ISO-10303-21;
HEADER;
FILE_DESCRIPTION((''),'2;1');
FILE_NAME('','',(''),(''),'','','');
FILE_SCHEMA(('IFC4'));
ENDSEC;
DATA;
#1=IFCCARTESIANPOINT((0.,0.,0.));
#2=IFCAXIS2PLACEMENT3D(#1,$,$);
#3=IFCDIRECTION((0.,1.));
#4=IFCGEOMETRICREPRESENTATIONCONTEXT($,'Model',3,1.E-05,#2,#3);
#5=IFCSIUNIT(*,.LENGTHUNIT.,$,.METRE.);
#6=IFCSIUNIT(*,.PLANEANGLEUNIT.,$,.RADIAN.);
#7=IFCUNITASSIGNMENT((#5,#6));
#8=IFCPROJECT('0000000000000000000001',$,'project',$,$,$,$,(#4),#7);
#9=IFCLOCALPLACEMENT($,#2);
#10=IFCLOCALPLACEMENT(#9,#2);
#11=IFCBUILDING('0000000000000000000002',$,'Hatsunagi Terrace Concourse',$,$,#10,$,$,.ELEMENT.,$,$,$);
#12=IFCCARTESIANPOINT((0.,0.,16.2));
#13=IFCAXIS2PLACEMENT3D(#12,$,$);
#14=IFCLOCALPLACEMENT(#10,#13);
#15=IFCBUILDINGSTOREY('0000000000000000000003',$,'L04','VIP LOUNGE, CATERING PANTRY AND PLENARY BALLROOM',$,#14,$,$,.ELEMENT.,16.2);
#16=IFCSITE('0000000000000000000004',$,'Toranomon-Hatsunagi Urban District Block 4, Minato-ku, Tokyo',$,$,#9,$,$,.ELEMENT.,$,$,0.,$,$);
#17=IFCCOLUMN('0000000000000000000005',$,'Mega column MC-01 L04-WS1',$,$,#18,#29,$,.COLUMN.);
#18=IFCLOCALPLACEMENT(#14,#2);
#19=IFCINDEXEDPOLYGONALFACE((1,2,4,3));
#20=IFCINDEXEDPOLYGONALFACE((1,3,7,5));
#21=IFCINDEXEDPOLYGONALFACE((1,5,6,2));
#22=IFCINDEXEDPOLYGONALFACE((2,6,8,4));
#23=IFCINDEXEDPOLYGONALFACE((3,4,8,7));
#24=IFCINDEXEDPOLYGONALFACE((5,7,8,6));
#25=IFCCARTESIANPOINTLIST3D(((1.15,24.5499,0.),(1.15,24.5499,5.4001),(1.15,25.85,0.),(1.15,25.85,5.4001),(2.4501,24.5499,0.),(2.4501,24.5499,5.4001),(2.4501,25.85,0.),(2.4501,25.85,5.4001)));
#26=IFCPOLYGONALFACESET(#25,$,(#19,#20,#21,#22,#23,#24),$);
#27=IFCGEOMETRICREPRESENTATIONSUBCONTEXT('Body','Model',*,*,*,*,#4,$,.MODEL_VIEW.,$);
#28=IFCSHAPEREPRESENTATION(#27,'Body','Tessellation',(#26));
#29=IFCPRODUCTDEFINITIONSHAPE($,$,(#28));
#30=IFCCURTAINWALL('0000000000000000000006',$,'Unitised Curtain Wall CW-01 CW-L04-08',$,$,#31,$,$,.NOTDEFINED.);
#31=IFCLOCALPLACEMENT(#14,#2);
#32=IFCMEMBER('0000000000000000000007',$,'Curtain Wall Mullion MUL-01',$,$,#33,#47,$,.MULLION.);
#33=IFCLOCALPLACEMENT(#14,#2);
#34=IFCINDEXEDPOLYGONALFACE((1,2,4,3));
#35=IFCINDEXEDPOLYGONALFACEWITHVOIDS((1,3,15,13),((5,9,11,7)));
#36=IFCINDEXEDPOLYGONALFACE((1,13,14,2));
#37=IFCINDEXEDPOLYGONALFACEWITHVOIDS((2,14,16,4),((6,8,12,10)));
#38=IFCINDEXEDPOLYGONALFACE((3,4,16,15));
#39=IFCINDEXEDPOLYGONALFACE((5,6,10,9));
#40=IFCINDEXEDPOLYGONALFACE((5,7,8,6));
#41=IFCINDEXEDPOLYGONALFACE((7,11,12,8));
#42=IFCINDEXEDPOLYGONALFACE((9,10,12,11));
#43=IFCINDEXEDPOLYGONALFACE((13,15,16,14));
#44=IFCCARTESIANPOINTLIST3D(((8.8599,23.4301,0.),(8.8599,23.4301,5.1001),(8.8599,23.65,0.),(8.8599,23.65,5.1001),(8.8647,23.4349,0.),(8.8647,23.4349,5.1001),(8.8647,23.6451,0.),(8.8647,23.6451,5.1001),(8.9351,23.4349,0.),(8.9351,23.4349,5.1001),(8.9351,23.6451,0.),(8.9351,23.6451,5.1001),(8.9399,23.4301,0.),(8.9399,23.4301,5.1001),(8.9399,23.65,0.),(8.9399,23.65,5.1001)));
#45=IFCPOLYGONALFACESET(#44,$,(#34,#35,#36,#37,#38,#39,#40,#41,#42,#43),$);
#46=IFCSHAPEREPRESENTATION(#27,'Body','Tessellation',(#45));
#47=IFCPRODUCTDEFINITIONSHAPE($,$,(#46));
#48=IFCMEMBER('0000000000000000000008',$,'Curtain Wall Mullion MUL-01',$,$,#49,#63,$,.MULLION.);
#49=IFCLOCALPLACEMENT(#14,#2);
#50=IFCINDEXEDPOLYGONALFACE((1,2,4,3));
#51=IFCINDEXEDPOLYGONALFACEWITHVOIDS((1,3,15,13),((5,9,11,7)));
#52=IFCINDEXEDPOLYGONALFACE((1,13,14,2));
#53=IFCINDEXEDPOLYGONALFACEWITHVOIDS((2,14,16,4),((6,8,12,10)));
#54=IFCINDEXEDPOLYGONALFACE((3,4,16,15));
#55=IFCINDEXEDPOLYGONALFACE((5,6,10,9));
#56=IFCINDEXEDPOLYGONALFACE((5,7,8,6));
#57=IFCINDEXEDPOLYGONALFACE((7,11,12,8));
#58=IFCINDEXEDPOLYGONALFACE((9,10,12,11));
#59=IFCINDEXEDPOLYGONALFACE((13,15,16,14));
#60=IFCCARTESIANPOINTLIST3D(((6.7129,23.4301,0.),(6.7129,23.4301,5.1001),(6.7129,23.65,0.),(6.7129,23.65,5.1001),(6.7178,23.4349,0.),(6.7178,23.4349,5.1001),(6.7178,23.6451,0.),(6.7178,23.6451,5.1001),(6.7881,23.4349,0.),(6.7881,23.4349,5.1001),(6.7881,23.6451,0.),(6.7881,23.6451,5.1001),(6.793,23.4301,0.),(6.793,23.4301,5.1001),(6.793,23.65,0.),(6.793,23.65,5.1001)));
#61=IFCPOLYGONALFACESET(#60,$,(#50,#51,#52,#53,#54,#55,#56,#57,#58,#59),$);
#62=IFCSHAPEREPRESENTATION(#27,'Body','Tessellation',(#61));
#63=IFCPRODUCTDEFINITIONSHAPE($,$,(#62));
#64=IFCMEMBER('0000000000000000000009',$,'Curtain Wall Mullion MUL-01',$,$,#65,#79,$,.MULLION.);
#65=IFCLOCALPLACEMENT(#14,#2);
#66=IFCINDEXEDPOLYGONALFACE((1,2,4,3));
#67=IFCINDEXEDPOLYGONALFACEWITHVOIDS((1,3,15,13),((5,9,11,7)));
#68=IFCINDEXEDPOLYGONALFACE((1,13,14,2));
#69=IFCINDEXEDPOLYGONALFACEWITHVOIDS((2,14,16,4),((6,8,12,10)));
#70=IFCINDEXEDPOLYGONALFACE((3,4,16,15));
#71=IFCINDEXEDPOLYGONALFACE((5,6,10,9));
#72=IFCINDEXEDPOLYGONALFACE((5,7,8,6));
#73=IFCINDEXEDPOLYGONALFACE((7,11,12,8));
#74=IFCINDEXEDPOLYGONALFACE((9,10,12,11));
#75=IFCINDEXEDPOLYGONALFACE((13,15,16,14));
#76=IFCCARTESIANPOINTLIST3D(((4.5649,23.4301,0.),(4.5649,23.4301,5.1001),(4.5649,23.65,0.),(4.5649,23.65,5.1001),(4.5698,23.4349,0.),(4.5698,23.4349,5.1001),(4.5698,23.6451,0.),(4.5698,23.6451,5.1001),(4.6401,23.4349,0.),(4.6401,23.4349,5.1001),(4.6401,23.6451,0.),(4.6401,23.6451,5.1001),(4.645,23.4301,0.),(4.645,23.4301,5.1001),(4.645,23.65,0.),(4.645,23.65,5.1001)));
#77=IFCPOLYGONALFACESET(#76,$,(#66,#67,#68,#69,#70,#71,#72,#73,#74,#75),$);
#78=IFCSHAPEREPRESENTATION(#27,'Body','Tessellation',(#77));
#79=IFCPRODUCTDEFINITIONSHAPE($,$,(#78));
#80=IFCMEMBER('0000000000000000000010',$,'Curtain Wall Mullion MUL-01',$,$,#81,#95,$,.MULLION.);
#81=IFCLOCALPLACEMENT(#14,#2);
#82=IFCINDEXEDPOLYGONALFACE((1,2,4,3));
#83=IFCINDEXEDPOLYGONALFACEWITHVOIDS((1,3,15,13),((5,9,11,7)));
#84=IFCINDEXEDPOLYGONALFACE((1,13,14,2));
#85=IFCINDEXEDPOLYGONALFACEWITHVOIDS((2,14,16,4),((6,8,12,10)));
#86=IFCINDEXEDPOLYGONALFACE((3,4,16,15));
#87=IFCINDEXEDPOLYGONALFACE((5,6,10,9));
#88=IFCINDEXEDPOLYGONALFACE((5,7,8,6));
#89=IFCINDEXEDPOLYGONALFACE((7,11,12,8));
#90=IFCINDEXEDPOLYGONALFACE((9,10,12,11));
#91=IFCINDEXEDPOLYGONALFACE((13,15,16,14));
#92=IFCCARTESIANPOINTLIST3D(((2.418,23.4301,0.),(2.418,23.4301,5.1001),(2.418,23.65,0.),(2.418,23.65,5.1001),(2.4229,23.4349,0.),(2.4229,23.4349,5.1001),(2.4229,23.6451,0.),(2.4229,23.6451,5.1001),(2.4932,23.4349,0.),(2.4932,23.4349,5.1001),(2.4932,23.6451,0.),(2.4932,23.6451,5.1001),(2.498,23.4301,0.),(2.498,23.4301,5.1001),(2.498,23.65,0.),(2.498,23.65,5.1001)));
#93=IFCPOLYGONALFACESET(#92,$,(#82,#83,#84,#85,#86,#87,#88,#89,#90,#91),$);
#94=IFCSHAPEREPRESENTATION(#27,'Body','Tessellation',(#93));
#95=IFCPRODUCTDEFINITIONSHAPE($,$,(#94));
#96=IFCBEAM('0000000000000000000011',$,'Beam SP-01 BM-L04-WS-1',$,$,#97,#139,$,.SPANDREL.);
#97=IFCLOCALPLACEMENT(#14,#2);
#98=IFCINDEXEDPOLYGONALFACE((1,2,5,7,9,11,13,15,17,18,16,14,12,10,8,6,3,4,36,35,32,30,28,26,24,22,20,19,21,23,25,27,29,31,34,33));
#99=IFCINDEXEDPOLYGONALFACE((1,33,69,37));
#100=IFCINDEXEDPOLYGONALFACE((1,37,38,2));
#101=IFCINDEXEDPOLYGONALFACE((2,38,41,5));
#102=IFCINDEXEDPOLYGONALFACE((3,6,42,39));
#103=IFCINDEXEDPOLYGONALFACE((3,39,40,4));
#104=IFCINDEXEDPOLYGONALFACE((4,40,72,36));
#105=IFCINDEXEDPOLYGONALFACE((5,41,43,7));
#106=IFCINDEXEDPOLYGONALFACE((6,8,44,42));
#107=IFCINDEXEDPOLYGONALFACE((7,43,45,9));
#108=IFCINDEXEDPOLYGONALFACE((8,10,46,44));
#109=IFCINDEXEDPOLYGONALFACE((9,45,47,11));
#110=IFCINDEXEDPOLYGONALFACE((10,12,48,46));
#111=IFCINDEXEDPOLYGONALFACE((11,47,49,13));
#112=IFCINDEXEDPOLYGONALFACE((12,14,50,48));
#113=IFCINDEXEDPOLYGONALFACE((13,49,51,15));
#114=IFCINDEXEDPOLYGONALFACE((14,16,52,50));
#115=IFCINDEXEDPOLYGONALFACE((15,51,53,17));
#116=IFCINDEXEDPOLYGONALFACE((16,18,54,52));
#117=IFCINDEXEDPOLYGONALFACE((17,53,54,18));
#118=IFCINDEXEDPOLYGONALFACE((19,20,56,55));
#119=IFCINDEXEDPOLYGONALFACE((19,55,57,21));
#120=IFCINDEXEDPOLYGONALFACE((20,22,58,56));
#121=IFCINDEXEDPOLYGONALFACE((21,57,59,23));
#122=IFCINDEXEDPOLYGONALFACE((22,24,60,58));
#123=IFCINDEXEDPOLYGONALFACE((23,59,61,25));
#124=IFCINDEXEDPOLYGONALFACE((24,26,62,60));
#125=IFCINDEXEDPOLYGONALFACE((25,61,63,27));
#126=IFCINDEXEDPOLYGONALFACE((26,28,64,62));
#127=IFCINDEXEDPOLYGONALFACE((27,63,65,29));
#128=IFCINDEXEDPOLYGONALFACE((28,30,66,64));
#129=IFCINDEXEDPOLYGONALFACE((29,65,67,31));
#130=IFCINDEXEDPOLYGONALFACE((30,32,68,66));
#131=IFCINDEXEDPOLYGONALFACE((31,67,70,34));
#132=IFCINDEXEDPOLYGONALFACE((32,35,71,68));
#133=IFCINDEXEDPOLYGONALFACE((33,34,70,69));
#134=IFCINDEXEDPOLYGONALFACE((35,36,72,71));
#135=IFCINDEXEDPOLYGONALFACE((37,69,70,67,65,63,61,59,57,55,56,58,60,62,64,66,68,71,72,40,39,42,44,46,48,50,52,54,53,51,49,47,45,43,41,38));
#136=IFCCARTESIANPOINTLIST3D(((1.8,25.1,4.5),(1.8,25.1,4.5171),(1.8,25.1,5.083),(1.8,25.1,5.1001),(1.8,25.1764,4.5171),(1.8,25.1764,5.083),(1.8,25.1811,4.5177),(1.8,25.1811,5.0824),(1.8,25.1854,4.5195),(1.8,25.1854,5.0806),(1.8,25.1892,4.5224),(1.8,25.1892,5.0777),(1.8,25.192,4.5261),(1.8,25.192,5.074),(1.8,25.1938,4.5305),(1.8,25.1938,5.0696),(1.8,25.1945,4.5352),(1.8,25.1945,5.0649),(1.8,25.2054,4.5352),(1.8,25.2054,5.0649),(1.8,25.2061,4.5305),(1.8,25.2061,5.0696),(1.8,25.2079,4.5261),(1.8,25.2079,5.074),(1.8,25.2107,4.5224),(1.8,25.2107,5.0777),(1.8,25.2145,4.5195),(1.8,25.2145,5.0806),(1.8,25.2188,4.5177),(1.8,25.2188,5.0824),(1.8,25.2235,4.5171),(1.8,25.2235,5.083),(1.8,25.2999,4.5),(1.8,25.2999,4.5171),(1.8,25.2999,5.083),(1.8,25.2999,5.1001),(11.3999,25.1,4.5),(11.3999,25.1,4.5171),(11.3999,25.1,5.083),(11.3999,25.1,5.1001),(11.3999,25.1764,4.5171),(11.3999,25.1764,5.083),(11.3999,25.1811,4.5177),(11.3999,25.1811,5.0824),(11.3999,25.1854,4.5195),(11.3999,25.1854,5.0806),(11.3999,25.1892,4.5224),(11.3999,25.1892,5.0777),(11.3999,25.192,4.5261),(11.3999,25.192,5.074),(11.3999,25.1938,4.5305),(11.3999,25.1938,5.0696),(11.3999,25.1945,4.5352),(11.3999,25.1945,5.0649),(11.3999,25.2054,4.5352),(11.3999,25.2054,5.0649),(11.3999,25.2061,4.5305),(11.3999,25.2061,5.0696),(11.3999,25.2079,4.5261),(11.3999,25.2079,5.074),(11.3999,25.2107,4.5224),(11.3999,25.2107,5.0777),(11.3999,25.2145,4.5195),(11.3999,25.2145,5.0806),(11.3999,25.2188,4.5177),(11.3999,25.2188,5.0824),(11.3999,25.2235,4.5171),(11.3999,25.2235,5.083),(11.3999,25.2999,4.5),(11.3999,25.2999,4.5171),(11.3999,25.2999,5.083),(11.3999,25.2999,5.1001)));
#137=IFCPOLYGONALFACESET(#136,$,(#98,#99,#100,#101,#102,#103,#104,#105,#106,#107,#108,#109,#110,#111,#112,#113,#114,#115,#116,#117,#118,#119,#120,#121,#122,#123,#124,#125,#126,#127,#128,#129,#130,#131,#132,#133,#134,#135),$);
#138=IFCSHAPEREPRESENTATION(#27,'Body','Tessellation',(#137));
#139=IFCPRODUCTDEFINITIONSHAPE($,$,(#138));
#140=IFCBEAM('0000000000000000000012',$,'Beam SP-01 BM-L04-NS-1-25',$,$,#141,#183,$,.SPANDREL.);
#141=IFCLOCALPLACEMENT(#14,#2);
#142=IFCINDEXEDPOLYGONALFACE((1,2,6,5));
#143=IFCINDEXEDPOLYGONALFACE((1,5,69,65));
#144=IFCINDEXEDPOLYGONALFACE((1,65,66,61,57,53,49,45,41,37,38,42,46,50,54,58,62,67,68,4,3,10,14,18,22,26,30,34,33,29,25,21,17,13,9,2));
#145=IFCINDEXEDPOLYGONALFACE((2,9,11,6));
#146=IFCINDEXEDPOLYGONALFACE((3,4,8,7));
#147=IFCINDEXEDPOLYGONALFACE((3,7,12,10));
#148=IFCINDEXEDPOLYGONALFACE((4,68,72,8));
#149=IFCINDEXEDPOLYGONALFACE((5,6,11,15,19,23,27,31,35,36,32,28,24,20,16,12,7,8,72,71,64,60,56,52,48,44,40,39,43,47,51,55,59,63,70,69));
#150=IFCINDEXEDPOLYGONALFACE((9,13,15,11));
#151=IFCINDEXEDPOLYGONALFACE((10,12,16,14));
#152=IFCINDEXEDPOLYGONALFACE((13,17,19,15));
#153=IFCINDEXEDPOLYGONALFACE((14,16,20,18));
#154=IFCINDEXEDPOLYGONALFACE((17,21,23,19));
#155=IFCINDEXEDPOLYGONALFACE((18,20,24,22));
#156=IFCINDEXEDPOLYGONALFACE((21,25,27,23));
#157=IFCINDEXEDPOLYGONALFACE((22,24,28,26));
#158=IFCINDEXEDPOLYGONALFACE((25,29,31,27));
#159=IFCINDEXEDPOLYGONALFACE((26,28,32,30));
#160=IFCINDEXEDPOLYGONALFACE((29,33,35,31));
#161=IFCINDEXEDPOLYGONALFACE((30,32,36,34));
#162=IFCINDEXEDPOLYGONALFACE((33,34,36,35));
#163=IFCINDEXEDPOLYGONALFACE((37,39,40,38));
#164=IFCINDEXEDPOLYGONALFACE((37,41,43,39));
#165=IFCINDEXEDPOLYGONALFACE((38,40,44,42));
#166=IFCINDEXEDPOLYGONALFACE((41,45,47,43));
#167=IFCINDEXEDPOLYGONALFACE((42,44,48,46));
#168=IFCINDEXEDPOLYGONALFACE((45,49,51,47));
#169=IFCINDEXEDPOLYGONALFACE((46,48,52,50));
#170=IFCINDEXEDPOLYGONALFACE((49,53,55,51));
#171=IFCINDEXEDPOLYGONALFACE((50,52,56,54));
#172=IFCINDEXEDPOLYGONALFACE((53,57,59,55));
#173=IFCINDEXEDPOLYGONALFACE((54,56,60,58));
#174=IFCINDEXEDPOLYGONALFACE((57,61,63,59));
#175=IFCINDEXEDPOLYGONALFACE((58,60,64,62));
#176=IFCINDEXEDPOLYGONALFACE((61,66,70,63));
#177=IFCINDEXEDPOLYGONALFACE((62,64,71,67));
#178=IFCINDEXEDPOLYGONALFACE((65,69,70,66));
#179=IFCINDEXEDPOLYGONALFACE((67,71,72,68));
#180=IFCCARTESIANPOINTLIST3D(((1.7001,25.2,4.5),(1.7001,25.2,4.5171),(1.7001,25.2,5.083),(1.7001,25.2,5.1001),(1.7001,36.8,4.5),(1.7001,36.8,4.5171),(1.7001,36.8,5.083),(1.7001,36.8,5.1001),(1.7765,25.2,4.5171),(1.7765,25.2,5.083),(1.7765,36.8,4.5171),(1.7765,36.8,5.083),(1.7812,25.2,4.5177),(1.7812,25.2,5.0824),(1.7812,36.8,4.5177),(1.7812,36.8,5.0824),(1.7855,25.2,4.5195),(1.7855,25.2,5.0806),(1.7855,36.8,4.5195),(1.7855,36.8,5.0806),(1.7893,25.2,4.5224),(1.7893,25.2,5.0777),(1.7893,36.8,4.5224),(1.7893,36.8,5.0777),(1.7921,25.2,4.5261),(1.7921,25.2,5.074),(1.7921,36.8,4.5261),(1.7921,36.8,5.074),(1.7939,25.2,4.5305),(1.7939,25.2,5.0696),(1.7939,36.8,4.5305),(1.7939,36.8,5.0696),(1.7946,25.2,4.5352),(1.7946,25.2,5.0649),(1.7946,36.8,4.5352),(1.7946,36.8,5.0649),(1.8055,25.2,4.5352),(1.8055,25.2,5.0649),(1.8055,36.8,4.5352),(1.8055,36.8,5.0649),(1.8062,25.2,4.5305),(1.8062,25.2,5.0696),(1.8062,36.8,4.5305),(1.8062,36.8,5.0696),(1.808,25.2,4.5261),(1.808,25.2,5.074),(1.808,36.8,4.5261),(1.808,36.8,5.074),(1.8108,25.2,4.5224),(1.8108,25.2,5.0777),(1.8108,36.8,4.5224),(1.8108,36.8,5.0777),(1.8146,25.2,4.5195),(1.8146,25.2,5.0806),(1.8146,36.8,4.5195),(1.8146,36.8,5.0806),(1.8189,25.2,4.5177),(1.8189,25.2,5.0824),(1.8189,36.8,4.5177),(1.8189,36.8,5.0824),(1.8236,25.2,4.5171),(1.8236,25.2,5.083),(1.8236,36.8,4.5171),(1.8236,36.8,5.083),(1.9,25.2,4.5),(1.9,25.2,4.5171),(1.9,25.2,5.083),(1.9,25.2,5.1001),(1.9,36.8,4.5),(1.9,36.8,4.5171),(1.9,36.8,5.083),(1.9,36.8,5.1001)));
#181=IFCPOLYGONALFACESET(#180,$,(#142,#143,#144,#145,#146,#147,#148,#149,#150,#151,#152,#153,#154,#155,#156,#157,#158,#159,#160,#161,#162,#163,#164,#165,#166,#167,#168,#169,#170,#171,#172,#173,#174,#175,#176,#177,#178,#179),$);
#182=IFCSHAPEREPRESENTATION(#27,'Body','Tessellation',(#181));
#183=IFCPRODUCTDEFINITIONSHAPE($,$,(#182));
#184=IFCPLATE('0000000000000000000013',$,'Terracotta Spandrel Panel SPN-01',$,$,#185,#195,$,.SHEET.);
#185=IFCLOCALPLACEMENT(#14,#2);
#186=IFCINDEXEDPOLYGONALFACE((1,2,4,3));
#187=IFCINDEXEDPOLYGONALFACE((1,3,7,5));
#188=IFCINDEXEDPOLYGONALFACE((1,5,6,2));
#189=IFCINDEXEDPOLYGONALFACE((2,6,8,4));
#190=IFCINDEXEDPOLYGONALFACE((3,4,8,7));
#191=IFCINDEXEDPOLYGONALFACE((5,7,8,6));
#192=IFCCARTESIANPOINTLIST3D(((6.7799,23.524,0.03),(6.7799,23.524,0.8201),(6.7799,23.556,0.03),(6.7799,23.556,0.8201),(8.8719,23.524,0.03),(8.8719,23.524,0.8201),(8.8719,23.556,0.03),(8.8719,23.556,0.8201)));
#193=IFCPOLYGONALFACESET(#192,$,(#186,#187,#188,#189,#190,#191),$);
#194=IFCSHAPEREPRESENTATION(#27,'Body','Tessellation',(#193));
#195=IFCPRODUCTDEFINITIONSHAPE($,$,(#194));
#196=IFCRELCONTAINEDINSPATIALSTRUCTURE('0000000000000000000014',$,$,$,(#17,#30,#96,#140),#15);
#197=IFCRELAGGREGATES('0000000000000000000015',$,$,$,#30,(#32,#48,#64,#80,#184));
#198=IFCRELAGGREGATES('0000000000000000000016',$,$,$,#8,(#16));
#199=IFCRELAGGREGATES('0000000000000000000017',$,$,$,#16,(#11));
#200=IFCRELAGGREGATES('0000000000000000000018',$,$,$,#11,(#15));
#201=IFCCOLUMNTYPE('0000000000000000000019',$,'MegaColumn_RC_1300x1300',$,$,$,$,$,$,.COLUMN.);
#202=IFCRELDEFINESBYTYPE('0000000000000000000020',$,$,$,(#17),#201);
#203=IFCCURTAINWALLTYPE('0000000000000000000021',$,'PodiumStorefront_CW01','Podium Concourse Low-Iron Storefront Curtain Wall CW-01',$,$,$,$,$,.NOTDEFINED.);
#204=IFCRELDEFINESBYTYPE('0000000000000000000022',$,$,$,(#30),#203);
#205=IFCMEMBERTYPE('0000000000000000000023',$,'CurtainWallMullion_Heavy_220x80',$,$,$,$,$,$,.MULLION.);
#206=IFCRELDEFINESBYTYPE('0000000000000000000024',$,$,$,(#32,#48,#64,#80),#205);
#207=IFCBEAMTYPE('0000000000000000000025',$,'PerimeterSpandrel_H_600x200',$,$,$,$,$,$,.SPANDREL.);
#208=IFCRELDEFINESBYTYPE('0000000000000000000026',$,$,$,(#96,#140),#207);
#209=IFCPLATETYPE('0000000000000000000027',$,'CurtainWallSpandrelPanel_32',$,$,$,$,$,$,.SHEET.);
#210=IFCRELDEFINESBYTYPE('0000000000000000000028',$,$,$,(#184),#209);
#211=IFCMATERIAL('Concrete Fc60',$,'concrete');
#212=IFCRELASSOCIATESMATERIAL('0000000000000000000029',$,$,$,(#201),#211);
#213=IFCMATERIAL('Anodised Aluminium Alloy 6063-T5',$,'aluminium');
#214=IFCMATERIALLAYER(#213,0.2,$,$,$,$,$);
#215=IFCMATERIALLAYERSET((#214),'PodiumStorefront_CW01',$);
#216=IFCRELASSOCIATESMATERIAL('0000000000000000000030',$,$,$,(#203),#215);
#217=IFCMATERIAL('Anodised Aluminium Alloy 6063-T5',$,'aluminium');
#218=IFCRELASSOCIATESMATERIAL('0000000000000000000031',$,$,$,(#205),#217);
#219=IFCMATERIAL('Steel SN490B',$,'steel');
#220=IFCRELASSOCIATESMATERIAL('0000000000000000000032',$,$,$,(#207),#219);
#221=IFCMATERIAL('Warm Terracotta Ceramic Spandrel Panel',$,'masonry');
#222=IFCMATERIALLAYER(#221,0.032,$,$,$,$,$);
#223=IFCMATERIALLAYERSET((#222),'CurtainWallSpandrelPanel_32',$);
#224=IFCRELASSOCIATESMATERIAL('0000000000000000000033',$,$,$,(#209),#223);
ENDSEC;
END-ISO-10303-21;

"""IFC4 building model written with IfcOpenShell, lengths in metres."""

from ifc_helpers import new_model, si_unit, direction, frame, origin, origin_2d, place, context, subcontext, project, spatial, rectangle, hollow_rectangle, i_section, extrude, material, layer, layer_set, material_profile, profile_set, type_object, element, aggregate, save


model = new_model("IFC4")

# Units and contexts
model_context = context("Model", 3, precision=1e-05, world=origin(), true_north=direction((0.0, 1.0)))
body_context = subcontext(model_context, "Body", "Model", "MODEL_VIEW")
ifc_project = project(units=[si_unit("LENGTHUNIT", "METRE"), si_unit("PLANEANGLEUNIT", "RADIAN")], contexts=[model_context])

# Site, building, storey
site_placement = place(None, origin())
site = spatial("IfcSite", under=ifc_project, at=site_placement, Name="Toranomon-Hatsunagi Urban District Block 4, Minato-ku, Tokyo", CompositionType="ELEMENT", RefElevation=0.0)
building_placement = place(site_placement, origin())
building = spatial("IfcBuilding", under=site, at=building_placement, Name="Hatsunagi Terrace Concourse", CompositionType="ELEMENT")
storey_placement = place(building_placement, frame((0.0, 0.0, 16.2)))
storey = spatial("IfcBuildingStorey", under=building, at=storey_placement, Name="L04", Description="VIP LOUNGE, CATERING PANTRY AND PLENARY BALLROOM", CompositionType="ELEMENT", Elevation=16.2)

# Column
ifc_material_1 = material(Name="Concrete Fc60", Category="concrete")
ifc_material_profile_1 = material_profile(ifc_material_1, rectangle(XDim=1.3, YDim=1.3, at=origin_2d()), Name="RC-1300x1300")
ifc_profile_set_1 = profile_set([ifc_material_profile_1], Name="Concrete Fc60")
column_type = type_object("IfcColumnType", Name="MegaColumn_RC_1300x1300", PredefinedType="COLUMN", material=ifc_profile_set_1)
column_placement = place(storey_placement, frame((1.8, 25.2, 0.0), z_axis=(0.0, 0.0, 1.0), x_axis=(1.0, 0.0, 0.0)))
element("IfcColumn", 1, at=column_placement, inside=storey, type_object=column_type, Name="Mega column MC-01 L04-WS1", PredefinedType="COLUMN", context=body_context, shape_type="SweptSolid", body=[
    extrude(rectangle(XDim=1.3, YDim=1.3, at=origin_2d()), origin(), (0.0, 0.0, 1.0), 5.4001),
])

# Curtain wall, members
ifc_material_2 = material(Name="Anodised Aluminium Alloy 6063-T5", Category="aluminium")
ifc_layer_1 = layer(ifc_material_2, 0.2)
ifc_layer_set_1 = layer_set([ifc_layer_1], Name="PodiumStorefront_CW01")
curtain_wall_type = type_object("IfcCurtainWallType", Name="PodiumStorefront_CW01", Description="Podium Concourse Low-Iron Storefront Curtain Wall CW-01", PredefinedType="NOTDEFINED", material=ifc_layer_set_1)
curtain_wall_placement = place(storey_placement, origin())
curtain_wall = element("IfcCurtainWall", 2, at=curtain_wall_placement, inside=storey, type_object=curtain_wall_type, Name="Unitised Curtain Wall CW-01 CW-L04-08", PredefinedType="NOTDEFINED")
ifc_material_3 = material(Name="Anodised Aluminium Alloy 6063-T5", Category="aluminium")
ifc_material_profile_2 = material_profile(ifc_material_3, hollow_rectangle(XDim=0.0801, YDim=0.22, WallThickness=0.0049, at=origin_2d()), Name="ALU-MUL-220x80x5")
ifc_profile_set_2 = profile_set([ifc_material_profile_2], Name="Anodised Aluminium Alloy 6063-T5")
member_type = type_object("IfcMemberType", Name="CurtainWallMullion_Heavy_220x80", PredefinedType="MULLION", material=ifc_profile_set_2)
member_1_placement = place(storey_placement, frame((8.8999, 23.54, 0.0), z_axis=(0.0, 0.0, 1.0), x_axis=(-1.0, 0.0, 0.0)))
member_1 = element("IfcMember", 3, at=member_1_placement, type_object=member_type, Name="Curtain Wall Mullion MUL-01", PredefinedType="MULLION", context=body_context, shape_type="SweptSolid", body=[
    extrude(hollow_rectangle(XDim=0.0801, YDim=0.22, WallThickness=0.0049, at=origin_2d()), origin(), (0.0, 0.0, 1.0), 5.1001),
])
member_2_placement = place(storey_placement, frame((6.7529, 23.54, 0.0), z_axis=(0.0, 0.0, 1.0), x_axis=(-1.0, 0.0, 0.0)))
member_2 = element("IfcMember", 4, at=member_2_placement, type_object=member_type, Name="Curtain Wall Mullion MUL-01", PredefinedType="MULLION", context=body_context, shape_type="SweptSolid", body=[
    extrude(hollow_rectangle(XDim=0.0801, YDim=0.22, WallThickness=0.0049, at=origin_2d()), origin(), (0.0, 0.0, 1.0), 5.1001),
])
member_3_placement = place(storey_placement, frame((4.605, 23.54, 0.0), z_axis=(0.0, 0.0, 1.0), x_axis=(-1.0, 0.0, 0.0)))
member_3 = element("IfcMember", 5, at=member_3_placement, type_object=member_type, Name="Curtain Wall Mullion MUL-01", PredefinedType="MULLION", context=body_context, shape_type="SweptSolid", body=[
    extrude(hollow_rectangle(XDim=0.0801, YDim=0.22, WallThickness=0.0049, at=origin_2d()), origin(), (0.0, 0.0, 1.0), 5.1001),
])
member_4_placement = place(storey_placement, frame((2.458, 23.54, 0.0), z_axis=(0.0, 0.0, 1.0), x_axis=(-1.0, 0.0, 0.0)))
member_4 = element("IfcMember", 6, at=member_4_placement, type_object=member_type, Name="Curtain Wall Mullion MUL-01", PredefinedType="MULLION", context=body_context, shape_type="SweptSolid", body=[
    extrude(hollow_rectangle(XDim=0.0801, YDim=0.22, WallThickness=0.0049, at=origin_2d()), origin(), (0.0, 0.0, 1.0), 5.1001),
])

# Beams
ifc_material_4 = material(Name="Steel SN490B", Category="steel")
ifc_material_profile_3 = material_profile(ifc_material_4, i_section(OverallWidth=0.2, OverallDepth=0.6001, WebThickness=0.011, FlangeThickness=0.0171, FilletRadius=0.0181, at=origin_2d()), Name="H-600x200x11x17")
ifc_profile_set_3 = profile_set([ifc_material_profile_3], Name="Steel SN490B")
beam_type = type_object("IfcBeamType", Name="PerimeterSpandrel_H_600x200", PredefinedType="SPANDREL", material=ifc_profile_set_3)
beam_1_placement = place(storey_placement, frame((1.8, 25.2, 4.8), z_axis=(1.0, 0.0, 0.0), x_axis=(0.0, 1.0, 0.0)))
element("IfcBeam", 7, at=beam_1_placement, inside=storey, type_object=beam_type, Name="Beam SP-01 BM-L04-WS-1", PredefinedType="SPANDREL", context=body_context, shape_type="SweptSolid", body=[
    extrude(i_section(OverallWidth=0.2, OverallDepth=0.6001, WebThickness=0.011, FlangeThickness=0.0171, FilletRadius=0.0181, at=origin_2d()), origin(), (0.0, 0.0, 1.0), 9.5999),
])
beam_2_placement = place(storey_placement, frame((1.8, 25.2, 4.8), z_axis=(0.0, 1.0, 0.0), x_axis=(-1.0, 0.0, 0.0)))
element("IfcBeam", 8, at=beam_2_placement, inside=storey, type_object=beam_type, Name="Beam SP-01 BM-L04-NS-1-25", PredefinedType="SPANDREL", context=body_context, shape_type="SweptSolid", body=[
    extrude(i_section(OverallWidth=0.2, OverallDepth=0.6001, WebThickness=0.011, FlangeThickness=0.0171, FilletRadius=0.0181, at=origin_2d()), origin(), (0.0, 0.0, 1.0), 11.6001),
])

# Plate
ifc_material_5 = material(Name="Warm Terracotta Ceramic Spandrel Panel", Category="masonry")
ifc_layer_2 = layer(ifc_material_5, 0.032)
ifc_layer_set_2 = layer_set([ifc_layer_2], Name="CurtainWallSpandrelPanel_32")
plate_type_1 = type_object("IfcPlateType", Name="CurtainWallSpandrelPanel_32", PredefinedType="SHEET", material=ifc_layer_set_2)
plate_1_placement = place(storey_placement, frame((7.8259, 23.54, 0.03), z_axis=(0.0, 0.0, 1.0), x_axis=(-1.0, 0.0, 0.0)))
plate_1 = element("IfcPlate", 9, at=plate_1_placement, type_object=plate_type_1, Name="Terracotta Spandrel Panel SPN-01", PredefinedType="SHEET", context=body_context, shape_type="SweptSolid", body=[
    extrude(rectangle(XDim=2.092, YDim=0.032, at=origin_2d()), origin(), (0.0, 0.0, 1.0), 0.79),
])
aggregate(curtain_wall, [member_1, member_2, member_3, member_4, plate_1])

save(model, "model.ifc")
